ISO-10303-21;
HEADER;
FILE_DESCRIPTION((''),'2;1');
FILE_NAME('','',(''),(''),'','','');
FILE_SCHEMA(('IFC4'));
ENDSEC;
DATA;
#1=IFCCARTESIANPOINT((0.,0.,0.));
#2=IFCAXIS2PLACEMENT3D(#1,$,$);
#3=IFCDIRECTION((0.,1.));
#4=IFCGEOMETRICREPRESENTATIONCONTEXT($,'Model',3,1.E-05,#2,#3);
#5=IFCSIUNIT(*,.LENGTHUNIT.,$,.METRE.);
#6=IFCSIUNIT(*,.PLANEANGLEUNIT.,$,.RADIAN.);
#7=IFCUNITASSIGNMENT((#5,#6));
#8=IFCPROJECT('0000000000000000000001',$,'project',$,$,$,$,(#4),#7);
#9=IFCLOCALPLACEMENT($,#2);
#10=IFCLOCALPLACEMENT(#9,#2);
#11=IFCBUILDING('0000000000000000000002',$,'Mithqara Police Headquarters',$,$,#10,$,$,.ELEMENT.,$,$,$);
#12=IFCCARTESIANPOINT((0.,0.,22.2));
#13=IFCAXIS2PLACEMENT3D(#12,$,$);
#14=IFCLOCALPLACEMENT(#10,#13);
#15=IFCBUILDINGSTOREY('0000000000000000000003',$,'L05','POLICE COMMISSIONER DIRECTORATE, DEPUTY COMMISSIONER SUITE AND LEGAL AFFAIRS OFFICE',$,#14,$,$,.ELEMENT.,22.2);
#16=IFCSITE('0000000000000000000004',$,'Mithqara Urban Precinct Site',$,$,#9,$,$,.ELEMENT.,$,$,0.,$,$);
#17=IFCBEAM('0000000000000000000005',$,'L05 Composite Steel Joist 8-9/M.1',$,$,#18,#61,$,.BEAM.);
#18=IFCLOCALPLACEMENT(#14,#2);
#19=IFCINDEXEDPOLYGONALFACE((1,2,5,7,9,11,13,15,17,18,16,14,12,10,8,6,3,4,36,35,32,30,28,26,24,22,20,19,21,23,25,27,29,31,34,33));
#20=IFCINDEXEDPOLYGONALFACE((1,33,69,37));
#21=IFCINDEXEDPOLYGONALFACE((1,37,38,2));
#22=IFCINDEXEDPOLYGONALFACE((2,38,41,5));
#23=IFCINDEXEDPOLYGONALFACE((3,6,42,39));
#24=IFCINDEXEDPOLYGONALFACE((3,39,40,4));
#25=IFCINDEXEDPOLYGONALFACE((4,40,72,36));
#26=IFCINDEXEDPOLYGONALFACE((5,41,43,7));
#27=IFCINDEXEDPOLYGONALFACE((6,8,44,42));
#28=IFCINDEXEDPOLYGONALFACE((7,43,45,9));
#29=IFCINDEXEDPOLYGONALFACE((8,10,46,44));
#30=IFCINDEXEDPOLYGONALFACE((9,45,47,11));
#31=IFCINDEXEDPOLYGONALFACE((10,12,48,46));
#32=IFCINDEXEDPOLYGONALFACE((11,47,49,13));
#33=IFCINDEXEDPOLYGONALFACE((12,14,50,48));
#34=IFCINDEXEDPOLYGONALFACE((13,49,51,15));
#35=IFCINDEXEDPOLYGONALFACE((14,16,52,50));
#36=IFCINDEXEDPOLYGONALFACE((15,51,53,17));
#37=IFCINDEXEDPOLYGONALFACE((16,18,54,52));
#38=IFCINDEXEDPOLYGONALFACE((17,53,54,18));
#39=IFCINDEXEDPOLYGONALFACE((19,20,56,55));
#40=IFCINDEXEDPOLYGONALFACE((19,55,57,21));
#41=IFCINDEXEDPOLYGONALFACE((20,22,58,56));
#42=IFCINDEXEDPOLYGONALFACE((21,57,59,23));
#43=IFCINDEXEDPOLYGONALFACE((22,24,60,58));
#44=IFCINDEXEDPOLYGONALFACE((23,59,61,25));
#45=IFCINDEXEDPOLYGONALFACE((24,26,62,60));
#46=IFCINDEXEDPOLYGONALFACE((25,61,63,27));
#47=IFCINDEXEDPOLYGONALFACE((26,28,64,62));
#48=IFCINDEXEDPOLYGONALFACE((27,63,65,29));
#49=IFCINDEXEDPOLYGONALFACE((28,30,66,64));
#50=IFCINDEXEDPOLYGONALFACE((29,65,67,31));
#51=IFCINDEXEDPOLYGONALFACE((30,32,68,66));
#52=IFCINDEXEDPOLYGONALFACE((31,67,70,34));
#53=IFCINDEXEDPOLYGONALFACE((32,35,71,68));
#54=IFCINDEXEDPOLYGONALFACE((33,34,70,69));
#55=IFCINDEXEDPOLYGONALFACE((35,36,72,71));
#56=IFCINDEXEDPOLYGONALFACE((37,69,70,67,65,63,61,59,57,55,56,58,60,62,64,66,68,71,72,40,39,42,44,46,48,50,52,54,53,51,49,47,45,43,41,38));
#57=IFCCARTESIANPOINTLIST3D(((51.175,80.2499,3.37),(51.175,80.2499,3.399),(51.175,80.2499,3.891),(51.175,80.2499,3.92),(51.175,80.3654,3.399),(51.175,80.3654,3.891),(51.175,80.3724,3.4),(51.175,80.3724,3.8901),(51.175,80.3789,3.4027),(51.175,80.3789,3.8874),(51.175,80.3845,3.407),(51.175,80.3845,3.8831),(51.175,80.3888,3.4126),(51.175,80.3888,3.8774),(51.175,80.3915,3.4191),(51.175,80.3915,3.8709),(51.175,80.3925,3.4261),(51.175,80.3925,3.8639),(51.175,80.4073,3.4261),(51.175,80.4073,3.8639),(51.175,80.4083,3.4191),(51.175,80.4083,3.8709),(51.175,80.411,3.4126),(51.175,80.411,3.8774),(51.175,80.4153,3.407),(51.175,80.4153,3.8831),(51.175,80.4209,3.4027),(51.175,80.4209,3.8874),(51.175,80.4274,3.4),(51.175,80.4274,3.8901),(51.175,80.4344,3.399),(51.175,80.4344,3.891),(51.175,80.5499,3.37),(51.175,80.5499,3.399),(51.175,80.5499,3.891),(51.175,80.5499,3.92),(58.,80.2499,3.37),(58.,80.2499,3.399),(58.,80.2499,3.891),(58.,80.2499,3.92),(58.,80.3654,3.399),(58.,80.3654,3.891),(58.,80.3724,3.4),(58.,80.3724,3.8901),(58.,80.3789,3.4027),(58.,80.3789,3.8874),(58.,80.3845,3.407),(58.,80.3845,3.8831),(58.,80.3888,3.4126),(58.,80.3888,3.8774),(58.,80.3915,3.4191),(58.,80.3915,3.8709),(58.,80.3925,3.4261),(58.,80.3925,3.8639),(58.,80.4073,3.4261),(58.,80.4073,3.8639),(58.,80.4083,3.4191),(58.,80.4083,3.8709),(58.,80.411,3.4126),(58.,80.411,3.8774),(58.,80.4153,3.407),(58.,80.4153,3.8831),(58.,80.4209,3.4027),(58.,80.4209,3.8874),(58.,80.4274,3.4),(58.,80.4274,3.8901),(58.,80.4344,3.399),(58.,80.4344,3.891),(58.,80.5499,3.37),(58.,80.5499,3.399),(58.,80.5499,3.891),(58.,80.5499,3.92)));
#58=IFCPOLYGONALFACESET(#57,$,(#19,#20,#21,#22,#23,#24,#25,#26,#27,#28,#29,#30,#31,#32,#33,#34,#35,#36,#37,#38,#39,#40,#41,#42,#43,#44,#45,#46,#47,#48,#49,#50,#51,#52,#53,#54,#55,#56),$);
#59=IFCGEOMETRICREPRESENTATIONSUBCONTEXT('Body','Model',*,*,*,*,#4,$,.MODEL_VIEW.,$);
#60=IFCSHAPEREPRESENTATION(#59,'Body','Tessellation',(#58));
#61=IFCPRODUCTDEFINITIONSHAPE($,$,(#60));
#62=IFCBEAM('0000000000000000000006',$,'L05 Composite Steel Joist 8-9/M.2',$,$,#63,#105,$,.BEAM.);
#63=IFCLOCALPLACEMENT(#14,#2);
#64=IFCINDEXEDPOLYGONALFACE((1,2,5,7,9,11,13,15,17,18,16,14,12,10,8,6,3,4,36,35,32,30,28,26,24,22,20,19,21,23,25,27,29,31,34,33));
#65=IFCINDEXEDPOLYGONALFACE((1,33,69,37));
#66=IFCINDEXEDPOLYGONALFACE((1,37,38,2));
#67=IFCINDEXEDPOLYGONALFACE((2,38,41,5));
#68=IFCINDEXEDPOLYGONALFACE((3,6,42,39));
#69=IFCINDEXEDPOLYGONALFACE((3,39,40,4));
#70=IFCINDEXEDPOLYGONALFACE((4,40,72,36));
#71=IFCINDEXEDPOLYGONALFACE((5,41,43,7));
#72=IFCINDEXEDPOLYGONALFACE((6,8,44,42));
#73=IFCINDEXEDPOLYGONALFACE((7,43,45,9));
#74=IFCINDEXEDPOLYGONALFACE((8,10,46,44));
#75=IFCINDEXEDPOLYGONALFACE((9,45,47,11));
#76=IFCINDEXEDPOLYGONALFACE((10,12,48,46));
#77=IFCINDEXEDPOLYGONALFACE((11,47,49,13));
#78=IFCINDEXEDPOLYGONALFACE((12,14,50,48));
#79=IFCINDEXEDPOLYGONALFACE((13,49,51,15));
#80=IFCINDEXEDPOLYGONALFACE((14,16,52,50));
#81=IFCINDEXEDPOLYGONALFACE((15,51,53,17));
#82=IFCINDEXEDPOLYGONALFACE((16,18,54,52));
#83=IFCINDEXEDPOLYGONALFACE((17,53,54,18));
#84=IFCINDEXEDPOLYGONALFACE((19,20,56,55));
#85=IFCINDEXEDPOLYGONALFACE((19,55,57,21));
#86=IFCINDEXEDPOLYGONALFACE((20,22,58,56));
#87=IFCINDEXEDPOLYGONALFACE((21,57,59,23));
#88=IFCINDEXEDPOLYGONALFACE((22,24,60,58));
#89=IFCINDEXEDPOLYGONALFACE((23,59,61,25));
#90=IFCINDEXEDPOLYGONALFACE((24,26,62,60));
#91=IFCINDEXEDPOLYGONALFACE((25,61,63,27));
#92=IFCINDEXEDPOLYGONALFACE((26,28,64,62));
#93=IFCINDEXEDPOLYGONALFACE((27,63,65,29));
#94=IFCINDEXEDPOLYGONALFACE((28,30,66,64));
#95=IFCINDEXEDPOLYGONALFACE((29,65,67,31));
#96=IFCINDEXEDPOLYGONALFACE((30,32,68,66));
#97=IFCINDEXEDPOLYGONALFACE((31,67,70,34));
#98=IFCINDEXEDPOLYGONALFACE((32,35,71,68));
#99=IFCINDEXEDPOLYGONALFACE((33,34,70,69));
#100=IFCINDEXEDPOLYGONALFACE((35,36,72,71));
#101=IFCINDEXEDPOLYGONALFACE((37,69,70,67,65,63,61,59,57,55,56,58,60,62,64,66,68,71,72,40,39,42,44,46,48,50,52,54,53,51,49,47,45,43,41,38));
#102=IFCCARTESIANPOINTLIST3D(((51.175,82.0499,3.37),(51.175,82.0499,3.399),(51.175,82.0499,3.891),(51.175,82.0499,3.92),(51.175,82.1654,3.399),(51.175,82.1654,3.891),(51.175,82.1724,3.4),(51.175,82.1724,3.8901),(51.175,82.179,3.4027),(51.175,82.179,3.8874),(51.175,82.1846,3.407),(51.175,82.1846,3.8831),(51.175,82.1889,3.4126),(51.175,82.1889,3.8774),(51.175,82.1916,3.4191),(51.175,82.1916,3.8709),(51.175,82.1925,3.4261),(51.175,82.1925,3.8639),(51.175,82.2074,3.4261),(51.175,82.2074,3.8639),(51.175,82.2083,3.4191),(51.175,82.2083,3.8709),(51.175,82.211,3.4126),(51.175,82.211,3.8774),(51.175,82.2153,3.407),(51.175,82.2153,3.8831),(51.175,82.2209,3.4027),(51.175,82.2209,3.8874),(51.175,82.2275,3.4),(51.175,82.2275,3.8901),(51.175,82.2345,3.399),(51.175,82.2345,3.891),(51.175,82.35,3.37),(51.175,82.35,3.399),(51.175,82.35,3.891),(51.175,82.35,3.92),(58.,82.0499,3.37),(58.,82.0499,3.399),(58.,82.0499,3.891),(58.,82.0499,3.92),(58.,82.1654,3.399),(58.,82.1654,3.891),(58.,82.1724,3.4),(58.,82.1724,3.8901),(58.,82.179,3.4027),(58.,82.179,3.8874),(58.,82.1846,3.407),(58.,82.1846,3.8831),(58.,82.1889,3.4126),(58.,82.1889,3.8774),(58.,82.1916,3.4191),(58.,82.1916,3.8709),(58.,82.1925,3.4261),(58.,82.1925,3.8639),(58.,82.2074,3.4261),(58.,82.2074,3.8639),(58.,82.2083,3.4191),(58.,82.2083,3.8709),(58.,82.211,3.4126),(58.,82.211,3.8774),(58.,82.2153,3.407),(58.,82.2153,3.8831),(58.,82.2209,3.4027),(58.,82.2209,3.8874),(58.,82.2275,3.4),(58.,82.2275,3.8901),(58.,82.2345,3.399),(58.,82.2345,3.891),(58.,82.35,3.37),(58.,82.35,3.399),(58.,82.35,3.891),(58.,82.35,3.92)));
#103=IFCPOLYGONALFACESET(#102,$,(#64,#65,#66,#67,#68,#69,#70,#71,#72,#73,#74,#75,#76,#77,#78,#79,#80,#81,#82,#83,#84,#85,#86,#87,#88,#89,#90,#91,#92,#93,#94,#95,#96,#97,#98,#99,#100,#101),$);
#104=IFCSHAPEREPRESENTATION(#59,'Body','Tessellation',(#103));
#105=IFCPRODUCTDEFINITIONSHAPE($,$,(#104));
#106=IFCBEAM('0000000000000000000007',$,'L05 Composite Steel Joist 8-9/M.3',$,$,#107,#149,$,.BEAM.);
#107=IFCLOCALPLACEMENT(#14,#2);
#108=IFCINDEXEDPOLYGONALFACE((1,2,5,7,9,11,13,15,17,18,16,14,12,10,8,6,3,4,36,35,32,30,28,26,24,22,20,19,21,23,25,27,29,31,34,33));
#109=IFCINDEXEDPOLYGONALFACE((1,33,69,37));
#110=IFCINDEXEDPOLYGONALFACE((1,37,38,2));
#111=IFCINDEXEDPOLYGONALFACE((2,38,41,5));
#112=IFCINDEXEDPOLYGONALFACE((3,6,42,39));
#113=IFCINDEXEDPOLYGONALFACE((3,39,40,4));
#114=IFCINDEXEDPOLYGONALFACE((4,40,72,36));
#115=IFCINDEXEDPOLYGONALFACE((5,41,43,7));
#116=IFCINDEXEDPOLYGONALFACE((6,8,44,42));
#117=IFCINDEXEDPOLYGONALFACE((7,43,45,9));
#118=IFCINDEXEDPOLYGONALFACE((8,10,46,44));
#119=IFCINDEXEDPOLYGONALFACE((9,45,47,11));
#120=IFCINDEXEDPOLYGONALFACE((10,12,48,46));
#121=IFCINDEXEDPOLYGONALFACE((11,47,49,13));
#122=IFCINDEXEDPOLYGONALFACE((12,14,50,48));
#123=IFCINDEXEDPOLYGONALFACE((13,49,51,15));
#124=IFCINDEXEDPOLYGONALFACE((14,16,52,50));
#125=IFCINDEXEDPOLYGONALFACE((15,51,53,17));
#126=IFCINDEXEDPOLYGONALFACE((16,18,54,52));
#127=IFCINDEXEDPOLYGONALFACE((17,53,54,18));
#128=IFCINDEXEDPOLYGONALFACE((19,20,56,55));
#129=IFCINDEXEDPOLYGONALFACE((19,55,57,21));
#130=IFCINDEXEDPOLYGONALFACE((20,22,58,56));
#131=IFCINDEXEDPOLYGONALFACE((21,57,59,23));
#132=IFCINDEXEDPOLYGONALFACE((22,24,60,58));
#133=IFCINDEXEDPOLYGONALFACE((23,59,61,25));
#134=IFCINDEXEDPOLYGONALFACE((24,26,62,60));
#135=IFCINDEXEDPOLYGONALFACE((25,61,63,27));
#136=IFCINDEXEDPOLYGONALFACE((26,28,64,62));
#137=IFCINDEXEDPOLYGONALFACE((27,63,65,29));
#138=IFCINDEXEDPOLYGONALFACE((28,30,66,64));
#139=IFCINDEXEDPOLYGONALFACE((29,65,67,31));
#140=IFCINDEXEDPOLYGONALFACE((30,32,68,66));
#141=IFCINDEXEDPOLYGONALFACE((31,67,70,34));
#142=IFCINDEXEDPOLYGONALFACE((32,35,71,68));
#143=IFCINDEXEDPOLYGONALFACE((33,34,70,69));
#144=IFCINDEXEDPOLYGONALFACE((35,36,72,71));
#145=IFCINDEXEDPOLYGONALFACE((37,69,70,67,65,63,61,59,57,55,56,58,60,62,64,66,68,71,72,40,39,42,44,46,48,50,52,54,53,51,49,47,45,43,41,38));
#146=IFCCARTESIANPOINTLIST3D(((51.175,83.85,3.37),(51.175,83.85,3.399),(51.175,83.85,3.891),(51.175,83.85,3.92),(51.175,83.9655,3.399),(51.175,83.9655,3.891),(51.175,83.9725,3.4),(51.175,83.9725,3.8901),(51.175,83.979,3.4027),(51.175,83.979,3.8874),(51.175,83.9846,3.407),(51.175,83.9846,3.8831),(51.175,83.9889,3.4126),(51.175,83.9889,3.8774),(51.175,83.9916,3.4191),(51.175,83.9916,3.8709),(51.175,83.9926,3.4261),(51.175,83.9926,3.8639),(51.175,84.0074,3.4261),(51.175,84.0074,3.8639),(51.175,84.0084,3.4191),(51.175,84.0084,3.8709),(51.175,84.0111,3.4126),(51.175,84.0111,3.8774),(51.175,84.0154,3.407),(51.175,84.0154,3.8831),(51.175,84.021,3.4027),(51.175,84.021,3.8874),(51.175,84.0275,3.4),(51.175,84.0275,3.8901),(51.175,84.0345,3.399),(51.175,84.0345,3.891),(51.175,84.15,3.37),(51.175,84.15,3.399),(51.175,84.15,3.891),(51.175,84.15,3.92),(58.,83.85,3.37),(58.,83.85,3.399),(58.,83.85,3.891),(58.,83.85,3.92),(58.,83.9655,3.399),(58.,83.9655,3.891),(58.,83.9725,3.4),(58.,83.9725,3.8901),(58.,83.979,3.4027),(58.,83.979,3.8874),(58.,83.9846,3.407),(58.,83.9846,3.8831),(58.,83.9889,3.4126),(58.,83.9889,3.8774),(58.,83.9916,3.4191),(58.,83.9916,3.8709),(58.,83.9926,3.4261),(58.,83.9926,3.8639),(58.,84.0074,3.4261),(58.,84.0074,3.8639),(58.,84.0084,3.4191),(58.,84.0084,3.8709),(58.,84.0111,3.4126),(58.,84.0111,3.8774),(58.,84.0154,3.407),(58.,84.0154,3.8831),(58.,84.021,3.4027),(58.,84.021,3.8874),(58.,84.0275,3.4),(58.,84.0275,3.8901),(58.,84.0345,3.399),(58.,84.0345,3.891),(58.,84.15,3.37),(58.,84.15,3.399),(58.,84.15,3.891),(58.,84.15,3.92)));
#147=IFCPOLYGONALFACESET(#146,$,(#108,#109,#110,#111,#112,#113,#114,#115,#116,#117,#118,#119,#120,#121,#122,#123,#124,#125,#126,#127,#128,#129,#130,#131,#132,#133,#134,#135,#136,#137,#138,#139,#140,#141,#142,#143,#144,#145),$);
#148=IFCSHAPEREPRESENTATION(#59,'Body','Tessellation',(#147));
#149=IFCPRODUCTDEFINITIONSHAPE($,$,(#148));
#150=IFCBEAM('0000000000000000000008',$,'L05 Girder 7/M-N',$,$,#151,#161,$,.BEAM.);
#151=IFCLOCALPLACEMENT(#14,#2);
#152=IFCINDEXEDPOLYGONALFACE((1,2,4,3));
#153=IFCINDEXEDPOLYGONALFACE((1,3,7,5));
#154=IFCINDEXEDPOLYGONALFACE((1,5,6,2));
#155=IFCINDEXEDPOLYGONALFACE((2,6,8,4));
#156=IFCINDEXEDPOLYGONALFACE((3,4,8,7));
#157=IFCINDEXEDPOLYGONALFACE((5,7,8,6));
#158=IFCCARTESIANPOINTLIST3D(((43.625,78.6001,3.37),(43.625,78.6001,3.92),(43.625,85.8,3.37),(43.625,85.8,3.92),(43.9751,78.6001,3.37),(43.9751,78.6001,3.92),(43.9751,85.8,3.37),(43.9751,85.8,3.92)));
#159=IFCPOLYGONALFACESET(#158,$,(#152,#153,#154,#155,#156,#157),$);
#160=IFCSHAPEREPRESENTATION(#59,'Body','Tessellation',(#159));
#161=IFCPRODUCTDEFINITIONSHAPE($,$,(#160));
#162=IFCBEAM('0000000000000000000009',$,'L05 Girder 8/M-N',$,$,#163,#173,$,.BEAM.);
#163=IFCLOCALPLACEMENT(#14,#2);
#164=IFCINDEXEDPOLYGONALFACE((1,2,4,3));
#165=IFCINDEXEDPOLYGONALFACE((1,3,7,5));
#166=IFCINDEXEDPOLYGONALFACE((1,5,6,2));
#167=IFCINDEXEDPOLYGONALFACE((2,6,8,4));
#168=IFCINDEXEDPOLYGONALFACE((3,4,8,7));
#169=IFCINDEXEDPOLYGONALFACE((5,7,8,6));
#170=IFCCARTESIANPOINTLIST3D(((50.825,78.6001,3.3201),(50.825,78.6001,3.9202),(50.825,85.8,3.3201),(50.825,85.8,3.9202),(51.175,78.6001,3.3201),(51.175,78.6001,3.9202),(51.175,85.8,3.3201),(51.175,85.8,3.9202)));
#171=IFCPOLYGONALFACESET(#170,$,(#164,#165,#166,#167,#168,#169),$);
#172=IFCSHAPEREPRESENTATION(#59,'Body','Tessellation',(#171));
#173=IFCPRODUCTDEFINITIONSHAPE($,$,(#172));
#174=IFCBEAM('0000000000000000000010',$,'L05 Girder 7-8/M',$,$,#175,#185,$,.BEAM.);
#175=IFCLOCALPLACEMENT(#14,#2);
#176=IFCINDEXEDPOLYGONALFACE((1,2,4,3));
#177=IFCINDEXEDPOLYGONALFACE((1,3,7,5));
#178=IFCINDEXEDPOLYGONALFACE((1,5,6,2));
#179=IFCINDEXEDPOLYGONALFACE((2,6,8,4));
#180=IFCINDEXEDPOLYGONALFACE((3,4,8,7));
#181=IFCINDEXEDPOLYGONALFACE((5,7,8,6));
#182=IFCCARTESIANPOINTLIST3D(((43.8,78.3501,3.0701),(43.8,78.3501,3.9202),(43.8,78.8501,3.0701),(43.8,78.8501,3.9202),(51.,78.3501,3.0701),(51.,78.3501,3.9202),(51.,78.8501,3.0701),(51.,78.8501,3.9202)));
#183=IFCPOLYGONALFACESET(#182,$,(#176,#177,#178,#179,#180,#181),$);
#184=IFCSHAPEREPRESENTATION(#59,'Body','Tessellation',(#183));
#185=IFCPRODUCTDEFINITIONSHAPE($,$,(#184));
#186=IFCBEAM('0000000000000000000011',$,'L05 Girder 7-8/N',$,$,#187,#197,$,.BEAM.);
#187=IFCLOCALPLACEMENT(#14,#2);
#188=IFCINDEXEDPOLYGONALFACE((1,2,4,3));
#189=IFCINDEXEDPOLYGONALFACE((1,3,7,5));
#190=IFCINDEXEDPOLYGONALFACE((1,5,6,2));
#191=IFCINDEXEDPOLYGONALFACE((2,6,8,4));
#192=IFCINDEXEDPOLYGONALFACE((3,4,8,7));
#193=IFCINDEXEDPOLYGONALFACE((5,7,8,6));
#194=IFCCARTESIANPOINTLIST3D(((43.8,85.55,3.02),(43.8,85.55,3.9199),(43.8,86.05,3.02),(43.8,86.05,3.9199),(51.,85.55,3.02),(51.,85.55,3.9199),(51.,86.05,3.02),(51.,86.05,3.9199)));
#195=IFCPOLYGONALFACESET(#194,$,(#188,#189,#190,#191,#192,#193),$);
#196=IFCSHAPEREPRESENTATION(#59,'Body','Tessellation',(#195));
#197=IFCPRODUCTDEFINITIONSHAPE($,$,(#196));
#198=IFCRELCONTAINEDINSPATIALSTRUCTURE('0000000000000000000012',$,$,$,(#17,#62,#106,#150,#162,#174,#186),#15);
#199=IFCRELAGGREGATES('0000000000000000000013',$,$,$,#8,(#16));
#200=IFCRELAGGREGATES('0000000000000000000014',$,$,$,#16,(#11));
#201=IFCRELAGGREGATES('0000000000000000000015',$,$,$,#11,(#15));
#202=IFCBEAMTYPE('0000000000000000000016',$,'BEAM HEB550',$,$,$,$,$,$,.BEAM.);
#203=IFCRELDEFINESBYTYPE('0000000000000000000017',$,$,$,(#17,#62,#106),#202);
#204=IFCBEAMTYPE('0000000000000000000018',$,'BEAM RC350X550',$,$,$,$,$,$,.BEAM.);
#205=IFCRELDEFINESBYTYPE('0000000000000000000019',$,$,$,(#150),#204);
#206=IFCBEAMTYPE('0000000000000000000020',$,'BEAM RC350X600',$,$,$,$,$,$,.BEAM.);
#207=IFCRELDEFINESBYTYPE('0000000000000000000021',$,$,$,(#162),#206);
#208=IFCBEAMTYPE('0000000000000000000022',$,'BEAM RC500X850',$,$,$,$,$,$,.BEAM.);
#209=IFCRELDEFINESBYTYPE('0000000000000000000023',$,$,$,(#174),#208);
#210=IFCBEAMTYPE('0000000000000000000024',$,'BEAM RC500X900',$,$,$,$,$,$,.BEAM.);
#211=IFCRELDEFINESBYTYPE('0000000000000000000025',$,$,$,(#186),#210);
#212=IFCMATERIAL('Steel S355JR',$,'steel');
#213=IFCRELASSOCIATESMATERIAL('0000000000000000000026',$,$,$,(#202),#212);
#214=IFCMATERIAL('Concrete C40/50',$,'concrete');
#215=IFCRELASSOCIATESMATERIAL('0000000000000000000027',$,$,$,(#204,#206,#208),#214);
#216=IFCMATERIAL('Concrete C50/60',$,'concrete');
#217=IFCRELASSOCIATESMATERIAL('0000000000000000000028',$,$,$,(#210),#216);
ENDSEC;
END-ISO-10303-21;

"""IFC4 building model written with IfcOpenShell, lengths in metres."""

from ifc_helpers import new_model, si_unit, direction, frame, origin, origin_2d, place, context, subcontext, project, spatial, rectangle, i_section, extrude, material, material_profile, profile_set, type_object, element, save


model = new_model("IFC4")

# Units and contexts
model_context = context("Model", 3, precision=1e-05, world=origin(), true_north=direction((0.0, 1.0)))
body_context = subcontext(model_context, "Body", "Model", "MODEL_VIEW")
ifc_project = project(units=[si_unit("LENGTHUNIT", "METRE"), si_unit("PLANEANGLEUNIT", "RADIAN")], contexts=[model_context])

# Site, building, storey
site_placement = place(None, origin())
site = spatial("IfcSite", under=ifc_project, at=site_placement, Name="Mithqara Urban Precinct Site", CompositionType="ELEMENT", RefElevation=0.0)
building_placement = place(site_placement, origin())
building = spatial("IfcBuilding", under=site, at=building_placement, Name="Mithqara Police Headquarters", CompositionType="ELEMENT")
storey_placement = place(building_placement, frame((0.0, 0.0, 22.2)))
storey = spatial("IfcBuildingStorey", under=building, at=storey_placement, Name="L05", Description="POLICE COMMISSIONER DIRECTORATE, DEPUTY COMMISSIONER SUITE AND LEGAL AFFAIRS OFFICE", CompositionType="ELEMENT", Elevation=22.2)

# Shared definitions
ifc_material_1 = material(Name="Concrete C50/60", Category="concrete")

# Beams
ifc_material_2 = material(Name="Steel S355JR", Category="steel")
ifc_material_profile_1 = material_profile(ifc_material_2, i_section(OverallWidth=0.3, OverallDepth=0.55, WebThickness=0.0149, FlangeThickness=0.0291, FilletRadius=0.0271, at=origin_2d()), Name="HEB 550")
ifc_profile_set_1 = profile_set([ifc_material_profile_1], Name="Steel S355JR")
beam_type_1 = type_object("IfcBeamType", Name="BEAM HEB550", PredefinedType="BEAM", material=ifc_profile_set_1)
for number, where, z_axis, x_axis, name in (
    (1, (51.175, 80.3999, 3.645), (1.0, 0.0, 0.0), (0.0, 1.0, 0.0), "L05 Composite Steel Joist 8-9/M.1"),
    (2, (51.175, 82.2, 3.645), (1.0, 0.0, 0.0), (0.0, 1.0, 0.0), "L05 Composite Steel Joist 8-9/M.2"),
    (3, (51.175, 84.0, 3.645), (1.0, 0.0, 0.0), (0.0, 1.0, 0.0), "L05 Composite Steel Joist 8-9/M.3"),
):
    element("IfcBeam", number, at=place(storey_placement, frame(where, z_axis=z_axis, x_axis=x_axis)), inside=storey, type_object=beam_type_1, Name=name, PredefinedType="BEAM", context=body_context, shape_type="SweptSolid", body=[
        extrude(i_section(OverallWidth=0.3, OverallDepth=0.55, WebThickness=0.0149, FlangeThickness=0.0291, FilletRadius=0.0271, at=origin_2d()), origin(), (0.0, 0.0, 1.0), 6.825),
    ])
ifc_material_3 = material(Name="Concrete C40/50", Category="concrete")
ifc_material_profile_2 = material_profile(ifc_material_3, rectangle(XDim=0.3501, YDim=0.55, at=origin_2d()), Name="RC 350x550")
ifc_profile_set_2 = profile_set([ifc_material_profile_2], Name="Concrete C40/50")
beam_type_2 = type_object("IfcBeamType", Name="BEAM RC350X550", PredefinedType="BEAM", material=ifc_profile_set_2)
beam_1_placement = place(storey_placement, frame((43.8, 78.6001, 3.645), z_axis=(0.0, 1.0, 0.0), x_axis=(-1.0, 0.0, 0.0)))
element("IfcBeam", 4, at=beam_1_placement, inside=storey, type_object=beam_type_2, Name="L05 Girder 7/M-N", PredefinedType="BEAM", context=body_context, shape_type="SweptSolid", body=[
    extrude(rectangle(XDim=0.3501, YDim=0.55, at=origin_2d()), origin(), (0.0, 0.0, 1.0), 7.2),
])
ifc_material_profile_3 = material_profile(ifc_material_3, rectangle(XDim=0.3501, YDim=0.6001, at=origin_2d()), Name="RC 350x600")
ifc_profile_set_3 = profile_set([ifc_material_profile_3], Name="Concrete C40/50")
beam_type_3 = type_object("IfcBeamType", Name="BEAM RC350X600", PredefinedType="BEAM", material=ifc_profile_set_3)
beam_2_placement = place(storey_placement, frame((51.0, 78.6001, 3.6201), z_axis=(0.0, 1.0, 0.0), x_axis=(-1.0, 0.0, 0.0)))
element("IfcBeam", 5, at=beam_2_placement, inside=storey, type_object=beam_type_3, Name="L05 Girder 8/M-N", PredefinedType="BEAM", context=body_context, shape_type="SweptSolid", body=[
    extrude(rectangle(XDim=0.3501, YDim=0.6001, at=origin_2d()), origin(), (0.0, 0.0, 1.0), 7.2),
])
ifc_material_profile_4 = material_profile(ifc_material_3, rectangle(XDim=0.5, YDim=0.8501, at=origin_2d()), Name="RC 500x850")
ifc_profile_set_4 = profile_set([ifc_material_profile_4], Name="Concrete C40/50")
beam_type_4 = type_object("IfcBeamType", Name="BEAM RC500X850", PredefinedType="BEAM", material=ifc_profile_set_4)
beam_3_placement = place(storey_placement, frame((43.8, 78.6001, 3.4951), z_axis=(1.0, 0.0, 0.0), x_axis=(0.0, 1.0, 0.0)))
element("IfcBeam", 6, at=beam_3_placement, inside=storey, type_object=beam_type_4, Name="L05 Girder 7-8/M", PredefinedType="BEAM", context=body_context, shape_type="SweptSolid", body=[
    extrude(rectangle(XDim=0.5, YDim=0.8501, at=origin_2d()), origin(), (0.0, 0.0, 1.0), 7.2),
])
ifc_material_profile_5 = material_profile(ifc_material_1, rectangle(XDim=0.5, YDim=0.8999, at=origin_2d()), Name="RC 500x900")
ifc_profile_set_5 = profile_set([ifc_material_profile_5], Name="Concrete C50/60")
beam_type_5 = type_object("IfcBeamType", Name="BEAM RC500X900", PredefinedType="BEAM", material=ifc_profile_set_5)
for number, where, z_axis, x_axis, name in (
    (7, (43.8, 85.8, 3.47), (1.0, 0.0, 0.0), (0.0, 1.0, 0.0), "L05 Girder 7-8/N"),
):
    element("IfcBeam", number, at=place(storey_placement, frame(where, z_axis=z_axis, x_axis=x_axis)), inside=storey, type_object=beam_type_5, Name=name, PredefinedType="BEAM", context=body_context, shape_type="SweptSolid", body=[
        extrude(rectangle(XDim=0.5, YDim=0.8999, at=origin_2d()), origin(), (0.0, 0.0, 1.0), 7.2),
    ])

save(model, "model.ifc")
